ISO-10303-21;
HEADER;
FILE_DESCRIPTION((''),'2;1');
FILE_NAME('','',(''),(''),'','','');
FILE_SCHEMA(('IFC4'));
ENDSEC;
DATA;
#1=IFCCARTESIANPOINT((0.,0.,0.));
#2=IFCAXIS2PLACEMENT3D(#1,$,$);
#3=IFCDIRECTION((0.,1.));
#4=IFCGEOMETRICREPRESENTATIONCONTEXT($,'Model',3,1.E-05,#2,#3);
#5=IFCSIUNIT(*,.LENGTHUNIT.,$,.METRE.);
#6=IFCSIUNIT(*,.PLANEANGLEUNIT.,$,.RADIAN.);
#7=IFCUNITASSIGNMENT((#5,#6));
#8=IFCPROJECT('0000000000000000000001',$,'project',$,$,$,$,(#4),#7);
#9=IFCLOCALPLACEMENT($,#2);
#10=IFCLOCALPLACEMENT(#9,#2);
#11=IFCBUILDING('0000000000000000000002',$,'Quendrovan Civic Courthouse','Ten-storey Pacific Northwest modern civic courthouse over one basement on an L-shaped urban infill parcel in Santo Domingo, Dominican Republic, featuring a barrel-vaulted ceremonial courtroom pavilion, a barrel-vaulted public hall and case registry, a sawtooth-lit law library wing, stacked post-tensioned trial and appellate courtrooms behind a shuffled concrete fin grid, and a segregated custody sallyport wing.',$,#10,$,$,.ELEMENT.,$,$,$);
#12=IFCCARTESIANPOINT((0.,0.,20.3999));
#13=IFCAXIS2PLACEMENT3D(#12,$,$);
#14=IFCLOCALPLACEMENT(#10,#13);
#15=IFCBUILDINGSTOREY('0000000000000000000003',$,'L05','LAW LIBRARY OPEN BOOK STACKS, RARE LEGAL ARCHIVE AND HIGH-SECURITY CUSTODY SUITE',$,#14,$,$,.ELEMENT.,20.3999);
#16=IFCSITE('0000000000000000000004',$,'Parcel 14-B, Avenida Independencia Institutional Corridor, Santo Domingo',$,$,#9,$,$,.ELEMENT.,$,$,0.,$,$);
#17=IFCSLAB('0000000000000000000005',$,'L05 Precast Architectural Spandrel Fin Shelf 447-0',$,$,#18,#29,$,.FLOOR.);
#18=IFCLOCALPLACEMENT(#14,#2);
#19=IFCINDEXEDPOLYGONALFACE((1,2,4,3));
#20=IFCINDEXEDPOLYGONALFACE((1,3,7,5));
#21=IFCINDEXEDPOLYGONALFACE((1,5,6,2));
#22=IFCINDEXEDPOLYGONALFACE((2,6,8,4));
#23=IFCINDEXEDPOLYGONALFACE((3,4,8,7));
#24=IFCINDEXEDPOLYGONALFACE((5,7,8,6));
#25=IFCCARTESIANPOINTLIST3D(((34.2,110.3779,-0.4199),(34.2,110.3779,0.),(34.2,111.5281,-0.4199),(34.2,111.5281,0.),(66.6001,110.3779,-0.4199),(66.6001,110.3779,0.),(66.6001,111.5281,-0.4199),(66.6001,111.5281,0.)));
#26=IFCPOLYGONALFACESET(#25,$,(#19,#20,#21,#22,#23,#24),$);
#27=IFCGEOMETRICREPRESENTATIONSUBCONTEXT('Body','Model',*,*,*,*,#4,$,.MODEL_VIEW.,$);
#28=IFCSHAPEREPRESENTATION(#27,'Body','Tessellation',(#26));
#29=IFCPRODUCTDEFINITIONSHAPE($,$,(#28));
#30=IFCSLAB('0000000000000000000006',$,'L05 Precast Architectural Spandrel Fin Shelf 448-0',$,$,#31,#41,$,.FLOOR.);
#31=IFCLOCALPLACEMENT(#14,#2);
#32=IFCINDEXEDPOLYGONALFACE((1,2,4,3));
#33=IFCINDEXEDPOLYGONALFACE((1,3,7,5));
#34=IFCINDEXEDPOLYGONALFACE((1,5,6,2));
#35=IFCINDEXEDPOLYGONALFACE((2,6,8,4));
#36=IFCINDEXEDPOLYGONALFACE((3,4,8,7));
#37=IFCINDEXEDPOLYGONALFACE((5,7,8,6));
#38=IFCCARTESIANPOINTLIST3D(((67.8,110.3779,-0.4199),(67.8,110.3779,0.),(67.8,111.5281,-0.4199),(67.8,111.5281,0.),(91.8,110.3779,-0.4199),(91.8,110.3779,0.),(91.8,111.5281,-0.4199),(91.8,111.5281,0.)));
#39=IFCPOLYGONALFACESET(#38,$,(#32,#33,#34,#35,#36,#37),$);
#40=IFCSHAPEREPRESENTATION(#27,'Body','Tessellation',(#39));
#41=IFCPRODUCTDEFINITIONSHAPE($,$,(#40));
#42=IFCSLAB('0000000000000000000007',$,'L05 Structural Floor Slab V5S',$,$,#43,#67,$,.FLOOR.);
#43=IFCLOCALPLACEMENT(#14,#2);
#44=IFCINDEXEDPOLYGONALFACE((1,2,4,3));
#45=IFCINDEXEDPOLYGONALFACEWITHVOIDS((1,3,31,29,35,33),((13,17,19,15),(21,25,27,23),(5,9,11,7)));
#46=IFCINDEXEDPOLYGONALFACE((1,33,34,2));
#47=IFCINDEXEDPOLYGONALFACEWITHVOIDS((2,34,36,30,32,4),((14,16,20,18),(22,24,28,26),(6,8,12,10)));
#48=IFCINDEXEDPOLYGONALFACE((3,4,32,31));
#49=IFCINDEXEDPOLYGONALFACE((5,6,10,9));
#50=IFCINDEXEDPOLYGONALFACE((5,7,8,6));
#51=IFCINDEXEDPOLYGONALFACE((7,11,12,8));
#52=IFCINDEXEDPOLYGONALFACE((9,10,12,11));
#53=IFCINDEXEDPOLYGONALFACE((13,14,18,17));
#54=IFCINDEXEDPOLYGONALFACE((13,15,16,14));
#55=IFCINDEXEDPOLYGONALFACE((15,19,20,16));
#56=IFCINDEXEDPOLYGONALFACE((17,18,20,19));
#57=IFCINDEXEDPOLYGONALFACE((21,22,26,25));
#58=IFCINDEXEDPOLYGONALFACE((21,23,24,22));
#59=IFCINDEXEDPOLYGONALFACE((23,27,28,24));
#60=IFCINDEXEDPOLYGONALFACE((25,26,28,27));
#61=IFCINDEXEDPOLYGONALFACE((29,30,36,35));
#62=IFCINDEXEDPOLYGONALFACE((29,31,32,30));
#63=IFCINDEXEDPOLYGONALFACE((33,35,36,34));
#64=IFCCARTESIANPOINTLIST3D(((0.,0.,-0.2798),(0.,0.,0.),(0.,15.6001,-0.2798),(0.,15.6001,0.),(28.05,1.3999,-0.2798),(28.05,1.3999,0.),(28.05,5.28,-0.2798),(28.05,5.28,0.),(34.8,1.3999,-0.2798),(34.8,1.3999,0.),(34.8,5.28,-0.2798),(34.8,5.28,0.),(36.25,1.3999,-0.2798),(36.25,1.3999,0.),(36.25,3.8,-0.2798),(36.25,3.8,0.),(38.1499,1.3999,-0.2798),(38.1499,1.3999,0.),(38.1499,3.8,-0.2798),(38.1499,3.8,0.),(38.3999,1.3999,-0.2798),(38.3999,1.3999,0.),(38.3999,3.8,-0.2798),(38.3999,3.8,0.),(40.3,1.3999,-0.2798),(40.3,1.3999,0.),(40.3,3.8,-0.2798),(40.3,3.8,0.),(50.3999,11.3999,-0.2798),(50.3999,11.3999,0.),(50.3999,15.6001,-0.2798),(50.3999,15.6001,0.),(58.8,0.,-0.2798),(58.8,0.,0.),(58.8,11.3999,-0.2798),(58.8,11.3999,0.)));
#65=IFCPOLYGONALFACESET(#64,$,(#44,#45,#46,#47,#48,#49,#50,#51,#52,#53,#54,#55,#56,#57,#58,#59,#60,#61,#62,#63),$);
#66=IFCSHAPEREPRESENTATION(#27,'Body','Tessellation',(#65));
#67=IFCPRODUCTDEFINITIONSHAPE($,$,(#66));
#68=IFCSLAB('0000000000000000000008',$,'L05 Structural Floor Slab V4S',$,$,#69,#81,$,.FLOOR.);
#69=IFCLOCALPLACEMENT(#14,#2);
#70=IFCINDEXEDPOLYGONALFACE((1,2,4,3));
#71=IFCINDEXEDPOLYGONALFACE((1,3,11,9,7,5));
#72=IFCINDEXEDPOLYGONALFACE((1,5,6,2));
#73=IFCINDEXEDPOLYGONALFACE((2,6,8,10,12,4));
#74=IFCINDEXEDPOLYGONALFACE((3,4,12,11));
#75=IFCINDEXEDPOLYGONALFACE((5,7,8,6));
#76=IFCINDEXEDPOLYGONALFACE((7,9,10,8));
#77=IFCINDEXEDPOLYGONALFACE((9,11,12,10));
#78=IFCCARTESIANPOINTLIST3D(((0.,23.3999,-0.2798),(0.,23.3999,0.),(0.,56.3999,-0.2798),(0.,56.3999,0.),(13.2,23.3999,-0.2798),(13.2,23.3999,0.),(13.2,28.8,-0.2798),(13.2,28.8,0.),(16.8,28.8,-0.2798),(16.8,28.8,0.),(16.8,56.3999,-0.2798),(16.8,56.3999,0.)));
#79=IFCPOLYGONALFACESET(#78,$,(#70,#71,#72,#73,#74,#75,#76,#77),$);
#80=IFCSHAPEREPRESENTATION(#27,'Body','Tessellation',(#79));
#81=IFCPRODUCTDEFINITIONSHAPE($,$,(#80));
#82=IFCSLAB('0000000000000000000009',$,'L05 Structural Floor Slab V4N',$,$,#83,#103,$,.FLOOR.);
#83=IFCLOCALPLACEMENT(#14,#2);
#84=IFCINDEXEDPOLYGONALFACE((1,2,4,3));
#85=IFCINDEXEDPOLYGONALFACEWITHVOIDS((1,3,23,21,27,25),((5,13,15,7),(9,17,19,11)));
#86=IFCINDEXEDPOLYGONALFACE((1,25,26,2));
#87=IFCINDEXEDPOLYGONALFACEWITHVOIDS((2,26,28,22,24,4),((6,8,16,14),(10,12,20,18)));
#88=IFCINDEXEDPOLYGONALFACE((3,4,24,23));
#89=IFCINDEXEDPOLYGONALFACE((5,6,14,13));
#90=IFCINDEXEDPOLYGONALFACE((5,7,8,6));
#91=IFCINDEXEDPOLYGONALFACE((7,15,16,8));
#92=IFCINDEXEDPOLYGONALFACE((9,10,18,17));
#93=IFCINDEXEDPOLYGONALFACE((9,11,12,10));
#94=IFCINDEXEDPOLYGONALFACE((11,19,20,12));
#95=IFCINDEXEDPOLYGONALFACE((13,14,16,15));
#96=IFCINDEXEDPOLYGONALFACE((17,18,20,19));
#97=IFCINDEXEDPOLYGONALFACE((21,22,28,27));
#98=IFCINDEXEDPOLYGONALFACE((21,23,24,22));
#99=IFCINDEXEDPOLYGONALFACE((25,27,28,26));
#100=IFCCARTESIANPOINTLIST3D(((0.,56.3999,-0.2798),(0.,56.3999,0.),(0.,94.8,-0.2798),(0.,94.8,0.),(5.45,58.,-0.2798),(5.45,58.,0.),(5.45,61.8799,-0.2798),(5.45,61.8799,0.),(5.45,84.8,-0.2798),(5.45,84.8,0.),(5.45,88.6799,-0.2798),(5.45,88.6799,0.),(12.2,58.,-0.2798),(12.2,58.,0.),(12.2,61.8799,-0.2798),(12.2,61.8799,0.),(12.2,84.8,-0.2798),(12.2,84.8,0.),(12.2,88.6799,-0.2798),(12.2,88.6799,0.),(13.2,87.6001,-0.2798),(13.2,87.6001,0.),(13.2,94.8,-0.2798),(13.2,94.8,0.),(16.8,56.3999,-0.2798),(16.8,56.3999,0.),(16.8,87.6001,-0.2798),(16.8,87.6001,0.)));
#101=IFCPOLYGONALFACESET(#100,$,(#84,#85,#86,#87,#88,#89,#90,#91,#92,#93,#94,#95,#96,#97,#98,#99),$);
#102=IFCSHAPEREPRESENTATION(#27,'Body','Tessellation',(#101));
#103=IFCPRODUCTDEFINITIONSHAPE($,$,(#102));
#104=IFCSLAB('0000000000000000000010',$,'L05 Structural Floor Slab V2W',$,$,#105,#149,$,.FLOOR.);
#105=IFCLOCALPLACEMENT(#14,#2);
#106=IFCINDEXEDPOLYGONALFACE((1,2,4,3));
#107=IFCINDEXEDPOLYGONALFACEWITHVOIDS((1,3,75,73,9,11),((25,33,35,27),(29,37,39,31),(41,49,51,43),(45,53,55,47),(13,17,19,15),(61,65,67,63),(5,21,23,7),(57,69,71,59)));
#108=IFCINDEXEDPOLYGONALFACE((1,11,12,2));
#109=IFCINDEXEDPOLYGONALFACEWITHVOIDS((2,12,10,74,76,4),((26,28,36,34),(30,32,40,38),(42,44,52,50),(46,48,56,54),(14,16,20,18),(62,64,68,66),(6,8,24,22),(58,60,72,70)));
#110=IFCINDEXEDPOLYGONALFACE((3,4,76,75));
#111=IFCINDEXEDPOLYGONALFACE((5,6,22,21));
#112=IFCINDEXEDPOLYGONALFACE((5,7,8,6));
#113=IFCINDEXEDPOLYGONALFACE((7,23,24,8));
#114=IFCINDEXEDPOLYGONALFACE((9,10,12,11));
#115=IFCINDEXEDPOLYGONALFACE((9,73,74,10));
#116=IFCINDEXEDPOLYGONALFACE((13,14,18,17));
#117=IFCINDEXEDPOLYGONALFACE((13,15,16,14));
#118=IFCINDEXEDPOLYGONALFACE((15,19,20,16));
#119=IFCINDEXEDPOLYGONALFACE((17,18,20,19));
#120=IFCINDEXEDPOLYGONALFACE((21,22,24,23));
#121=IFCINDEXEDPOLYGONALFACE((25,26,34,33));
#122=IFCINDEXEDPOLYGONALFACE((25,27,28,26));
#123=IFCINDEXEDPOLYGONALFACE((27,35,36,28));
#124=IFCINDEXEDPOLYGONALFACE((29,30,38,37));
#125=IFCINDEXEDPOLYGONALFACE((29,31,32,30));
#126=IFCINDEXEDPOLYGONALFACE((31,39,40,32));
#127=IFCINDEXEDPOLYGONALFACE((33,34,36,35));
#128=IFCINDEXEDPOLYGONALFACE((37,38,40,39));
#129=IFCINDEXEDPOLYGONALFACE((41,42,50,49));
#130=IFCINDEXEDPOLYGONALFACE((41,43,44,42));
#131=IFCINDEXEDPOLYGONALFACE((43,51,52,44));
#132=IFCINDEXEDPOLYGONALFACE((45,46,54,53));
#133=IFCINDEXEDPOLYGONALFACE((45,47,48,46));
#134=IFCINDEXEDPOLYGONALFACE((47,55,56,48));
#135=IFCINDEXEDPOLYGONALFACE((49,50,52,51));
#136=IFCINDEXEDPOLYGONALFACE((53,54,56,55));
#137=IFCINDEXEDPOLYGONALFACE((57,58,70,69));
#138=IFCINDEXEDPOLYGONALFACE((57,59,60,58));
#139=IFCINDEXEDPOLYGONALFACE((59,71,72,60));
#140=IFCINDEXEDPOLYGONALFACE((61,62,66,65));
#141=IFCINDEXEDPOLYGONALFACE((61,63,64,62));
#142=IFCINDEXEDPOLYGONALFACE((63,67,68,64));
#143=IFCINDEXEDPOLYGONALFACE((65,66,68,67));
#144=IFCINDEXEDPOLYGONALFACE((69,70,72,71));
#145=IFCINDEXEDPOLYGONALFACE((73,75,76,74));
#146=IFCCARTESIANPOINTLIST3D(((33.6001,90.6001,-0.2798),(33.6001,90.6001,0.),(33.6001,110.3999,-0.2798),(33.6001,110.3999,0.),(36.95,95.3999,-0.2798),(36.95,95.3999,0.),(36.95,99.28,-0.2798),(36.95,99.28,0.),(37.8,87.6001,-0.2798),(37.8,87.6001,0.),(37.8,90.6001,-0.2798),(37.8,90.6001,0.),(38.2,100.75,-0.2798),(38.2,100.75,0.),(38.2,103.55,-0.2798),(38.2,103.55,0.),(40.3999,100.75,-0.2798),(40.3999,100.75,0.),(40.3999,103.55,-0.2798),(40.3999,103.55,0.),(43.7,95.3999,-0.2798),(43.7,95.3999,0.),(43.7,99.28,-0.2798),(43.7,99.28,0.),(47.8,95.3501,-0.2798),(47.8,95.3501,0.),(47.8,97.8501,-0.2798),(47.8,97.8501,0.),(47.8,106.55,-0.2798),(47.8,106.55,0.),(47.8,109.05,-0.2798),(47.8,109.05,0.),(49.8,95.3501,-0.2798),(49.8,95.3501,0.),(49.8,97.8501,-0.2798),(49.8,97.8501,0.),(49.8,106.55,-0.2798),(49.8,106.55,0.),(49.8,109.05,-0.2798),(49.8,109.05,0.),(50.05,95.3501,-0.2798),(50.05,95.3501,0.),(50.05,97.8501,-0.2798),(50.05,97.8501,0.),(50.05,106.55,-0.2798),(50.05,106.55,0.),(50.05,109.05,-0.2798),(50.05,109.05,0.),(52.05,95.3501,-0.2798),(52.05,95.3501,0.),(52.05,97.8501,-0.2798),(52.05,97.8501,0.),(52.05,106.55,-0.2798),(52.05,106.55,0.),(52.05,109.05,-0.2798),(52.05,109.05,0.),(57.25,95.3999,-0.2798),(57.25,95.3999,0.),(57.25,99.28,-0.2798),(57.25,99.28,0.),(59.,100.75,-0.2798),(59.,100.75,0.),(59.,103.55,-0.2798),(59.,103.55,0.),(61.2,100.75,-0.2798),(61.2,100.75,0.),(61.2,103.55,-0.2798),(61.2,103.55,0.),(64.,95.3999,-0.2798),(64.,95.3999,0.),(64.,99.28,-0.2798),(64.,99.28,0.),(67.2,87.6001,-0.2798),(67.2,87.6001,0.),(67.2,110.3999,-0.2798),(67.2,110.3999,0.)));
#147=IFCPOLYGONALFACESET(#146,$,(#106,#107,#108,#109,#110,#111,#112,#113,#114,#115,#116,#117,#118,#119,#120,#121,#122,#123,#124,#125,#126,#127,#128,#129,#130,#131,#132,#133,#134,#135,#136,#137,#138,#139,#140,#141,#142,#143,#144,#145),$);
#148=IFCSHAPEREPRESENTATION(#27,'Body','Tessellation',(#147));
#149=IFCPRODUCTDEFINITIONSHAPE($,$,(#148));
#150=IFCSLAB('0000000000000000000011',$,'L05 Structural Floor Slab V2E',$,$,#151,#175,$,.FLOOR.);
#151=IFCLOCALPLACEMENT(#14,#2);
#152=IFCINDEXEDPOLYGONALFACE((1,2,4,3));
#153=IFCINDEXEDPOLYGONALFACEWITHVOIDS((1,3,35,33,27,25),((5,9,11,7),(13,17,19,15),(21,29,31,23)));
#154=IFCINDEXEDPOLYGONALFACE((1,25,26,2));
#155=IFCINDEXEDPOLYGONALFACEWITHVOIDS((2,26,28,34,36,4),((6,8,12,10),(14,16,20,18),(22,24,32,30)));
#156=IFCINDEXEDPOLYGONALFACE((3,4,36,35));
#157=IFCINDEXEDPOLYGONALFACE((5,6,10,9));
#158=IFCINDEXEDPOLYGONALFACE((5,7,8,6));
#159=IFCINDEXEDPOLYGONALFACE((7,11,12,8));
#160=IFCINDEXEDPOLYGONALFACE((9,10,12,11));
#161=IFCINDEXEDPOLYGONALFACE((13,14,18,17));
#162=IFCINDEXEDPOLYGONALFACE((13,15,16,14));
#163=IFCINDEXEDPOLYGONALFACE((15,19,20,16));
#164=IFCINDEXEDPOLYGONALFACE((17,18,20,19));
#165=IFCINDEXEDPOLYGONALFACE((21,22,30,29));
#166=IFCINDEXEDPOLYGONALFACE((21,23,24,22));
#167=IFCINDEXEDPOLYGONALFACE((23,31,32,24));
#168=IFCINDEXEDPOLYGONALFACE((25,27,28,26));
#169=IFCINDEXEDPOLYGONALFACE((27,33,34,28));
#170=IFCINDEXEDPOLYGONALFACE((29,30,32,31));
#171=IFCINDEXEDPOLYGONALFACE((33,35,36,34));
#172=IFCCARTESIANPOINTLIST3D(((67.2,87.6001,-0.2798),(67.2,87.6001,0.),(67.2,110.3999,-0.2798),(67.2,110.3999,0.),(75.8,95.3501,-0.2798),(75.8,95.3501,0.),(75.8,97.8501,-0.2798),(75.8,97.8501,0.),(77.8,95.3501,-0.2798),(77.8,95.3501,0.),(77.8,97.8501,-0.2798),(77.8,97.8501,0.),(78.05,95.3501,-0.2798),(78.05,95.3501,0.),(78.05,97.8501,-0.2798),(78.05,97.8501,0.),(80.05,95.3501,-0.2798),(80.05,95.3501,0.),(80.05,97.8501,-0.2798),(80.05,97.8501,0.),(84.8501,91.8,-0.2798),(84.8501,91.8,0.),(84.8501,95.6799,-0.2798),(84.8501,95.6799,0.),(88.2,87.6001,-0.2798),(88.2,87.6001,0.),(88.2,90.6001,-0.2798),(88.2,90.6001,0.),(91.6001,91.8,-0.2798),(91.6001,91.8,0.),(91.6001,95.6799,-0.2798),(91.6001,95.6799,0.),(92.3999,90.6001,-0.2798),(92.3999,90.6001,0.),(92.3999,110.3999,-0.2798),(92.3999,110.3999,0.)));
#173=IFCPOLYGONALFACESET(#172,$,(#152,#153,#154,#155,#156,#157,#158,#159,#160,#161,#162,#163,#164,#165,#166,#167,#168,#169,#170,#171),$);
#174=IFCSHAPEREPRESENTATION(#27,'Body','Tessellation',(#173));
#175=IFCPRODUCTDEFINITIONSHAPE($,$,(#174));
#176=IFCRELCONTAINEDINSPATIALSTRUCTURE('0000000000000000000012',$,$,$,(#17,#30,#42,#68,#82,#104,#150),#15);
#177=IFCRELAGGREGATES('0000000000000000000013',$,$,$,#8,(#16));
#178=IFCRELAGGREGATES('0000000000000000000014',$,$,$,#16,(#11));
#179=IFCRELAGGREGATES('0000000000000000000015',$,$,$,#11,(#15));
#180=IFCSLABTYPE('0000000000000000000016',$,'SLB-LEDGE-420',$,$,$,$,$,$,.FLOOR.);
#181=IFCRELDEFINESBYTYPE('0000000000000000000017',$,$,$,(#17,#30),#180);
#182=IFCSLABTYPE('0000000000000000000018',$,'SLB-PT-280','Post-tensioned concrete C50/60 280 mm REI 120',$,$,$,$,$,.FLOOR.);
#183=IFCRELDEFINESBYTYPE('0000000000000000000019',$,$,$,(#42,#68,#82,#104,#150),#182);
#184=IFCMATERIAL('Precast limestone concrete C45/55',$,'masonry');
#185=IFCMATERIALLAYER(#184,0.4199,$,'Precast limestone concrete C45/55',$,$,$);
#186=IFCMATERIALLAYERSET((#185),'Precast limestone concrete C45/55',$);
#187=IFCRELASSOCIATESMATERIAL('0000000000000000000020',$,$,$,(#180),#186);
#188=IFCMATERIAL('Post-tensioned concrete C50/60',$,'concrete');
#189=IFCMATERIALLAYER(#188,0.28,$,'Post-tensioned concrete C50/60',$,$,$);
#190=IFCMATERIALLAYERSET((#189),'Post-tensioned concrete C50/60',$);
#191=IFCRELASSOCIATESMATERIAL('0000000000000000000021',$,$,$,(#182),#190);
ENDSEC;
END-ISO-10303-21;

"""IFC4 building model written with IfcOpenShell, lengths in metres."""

from ifc_helpers import new_model, si_unit, direction, frame, origin, place, context, subcontext, project, spatial, polyline, outline, extrude, material, layer, layer_set, type_object, element, save


model = new_model("IFC4")

# Units and contexts
model_context = context("Model", 3, precision=1e-05, world=origin(), true_north=direction((0.0, 1.0)))
body_context = subcontext(model_context, "Body", "Model", "MODEL_VIEW")
ifc_project = project(units=[si_unit("LENGTHUNIT", "METRE"), si_unit("PLANEANGLEUNIT", "RADIAN")], contexts=[model_context])

# Site, building, storey
site_placement = place(None, origin())
site = spatial("IfcSite", under=ifc_project, at=site_placement, Name="Parcel 14-B, Avenida Independencia Institutional Corridor, Santo Domingo", CompositionType="ELEMENT", RefElevation=0.0)
building_placement = place(site_placement, origin())
building = spatial("IfcBuilding", under=site, at=building_placement, Name="Quendrovan Civic Courthouse", Description="Ten-storey Pacific Northwest modern civic courthouse over one basement on an L-shaped urban infill parcel in Santo Domingo, Dominican Republic, featuring a barrel-vaulted ceremonial courtroom pavilion, a barrel-vaulted public hall and case registry, a sawtooth-lit law library wing, stacked post-tensioned trial and appellate courtrooms behind a shuffled concrete fin grid, and a segregated custody sallyport wing.", CompositionType="ELEMENT")
storey_placement = place(building_placement, frame((0.0, 0.0, 20.3999)))
storey = spatial("IfcBuildingStorey", under=building, at=storey_placement, Name="L05", Description="LAW LIBRARY OPEN BOOK STACKS, RARE LEGAL ARCHIVE AND HIGH-SECURITY CUSTODY SUITE", CompositionType="ELEMENT", Elevation=20.3999)

# Slabs
ifc_material_1 = material(Name="Precast limestone concrete C45/55", Category="masonry")
ifc_layer_1 = layer(ifc_material_1, 0.4199, Name="Precast limestone concrete C45/55")
ifc_layer_set_1 = layer_set([ifc_layer_1], Name="Precast limestone concrete C45/55")
slab_type_1 = type_object("IfcSlabType", Name="SLB-LEDGE-420", PredefinedType="FLOOR", material=ifc_layer_set_1)
slab_1_placement = place(storey_placement, frame((0.0, 0.0, -0.4199)))
element("IfcSlab", 1, at=slab_1_placement, inside=storey, type_object=slab_type_1, Name="L05 Precast Architectural Spandrel Fin Shelf 447-0", PredefinedType="FLOOR", context=body_context, shape_type="SweptSolid", body=[
    extrude(outline(polyline([(34.2, 111.5281), (66.6001, 111.5281), (66.6001, 110.3779), (34.2, 110.3779), (34.2, 111.5281)])), origin(), (0.0, 0.0, 1.0), 0.4199),
])
slab_2_placement = place(storey_placement, frame((0.0, 0.0, -0.4199)))
element("IfcSlab", 2, at=slab_2_placement, inside=storey, type_object=slab_type_1, Name="L05 Precast Architectural Spandrel Fin Shelf 448-0", PredefinedType="FLOOR", context=body_context, shape_type="SweptSolid", body=[
    extrude(outline(polyline([(67.8, 111.5281), (91.8, 111.5281), (91.8, 110.3779), (67.8, 110.3779), (67.8, 111.5281)])), origin(), (0.0, 0.0, 1.0), 0.4199),
])
ifc_material_2 = material(Name="Post-tensioned concrete C50/60", Category="concrete")
ifc_layer_2 = layer(ifc_material_2, 0.28, Name="Post-tensioned concrete C50/60")
ifc_layer_set_2 = layer_set([ifc_layer_2], Name="Post-tensioned concrete C50/60")
slab_type_2 = type_object("IfcSlabType", Name="SLB-PT-280", Description="Post-tensioned concrete C50/60 280 mm REI 120", PredefinedType="FLOOR", material=ifc_layer_set_2)
slab_3_placement = place(storey_placement, frame((0.0, 0.0, -0.2798)))
element("IfcSlab", 3, at=slab_3_placement, inside=storey, type_object=slab_type_2, Name="L05 Structural Floor Slab V5S", PredefinedType="FLOOR", context=body_context, shape_type="SweptSolid", body=[
    extrude(outline(polyline([(0.0, 0.0), (0.0, 15.6001), (50.3999, 15.6001), (50.3999, 11.3999), (58.8, 11.3999), (58.8, 0.0), (0.0, 0.0)]), holes=[polyline([(36.25, 1.3999), (38.1499, 1.3999), (38.1499, 3.8), (36.25, 3.8), (36.25, 1.3999)]), polyline([(38.3999, 3.8), (38.3999, 1.3999), (40.3, 1.3999), (40.3, 3.8), (38.3999, 3.8)]), polyline([(28.05, 5.28), (28.05, 1.3999), (34.8, 1.3999), (34.8, 5.28), (28.05, 5.28)])]), origin(), (0.0, 0.0, 1.0), 0.2798),
])
slab_4_placement = place(storey_placement, frame((0.0, 0.0, -0.2798)))
element("IfcSlab", 4, at=slab_4_placement, inside=storey, type_object=slab_type_2, Name="L05 Structural Floor Slab V4S", PredefinedType="FLOOR", context=body_context, shape_type="SweptSolid", body=[
    extrude(outline(polyline([(0.0, 23.3999), (0.0, 56.3999), (16.8, 56.3999), (16.8, 28.8), (13.2, 28.8), (13.2, 23.3999), (0.0, 23.3999)])), origin(), (0.0, 0.0, 1.0), 0.2798),
])
slab_5_placement = place(storey_placement, frame((0.0, 0.0, -0.2798)))
element("IfcSlab", 5, at=slab_5_placement, inside=storey, type_object=slab_type_2, Name="L05 Structural Floor Slab V4N", PredefinedType="FLOOR", context=body_context, shape_type="SweptSolid", body=[
    extrude(outline(polyline([(0.0, 56.3999), (0.0, 94.8), (13.2, 94.8), (13.2, 87.6001), (16.8, 87.6001), (16.8, 56.3999), (0.0, 56.3999)]), holes=[polyline([(5.45, 58.0), (12.2, 58.0), (12.2, 61.8799), (5.45, 61.8799), (5.45, 58.0)]), polyline([(5.45, 84.8), (12.2, 84.8), (12.2, 88.6799), (5.45, 88.6799), (5.45, 84.8)])]), origin(), (0.0, 0.0, 1.0), 0.2798),
])
slab_6_placement = place(storey_placement, frame((0.0, 0.0, -0.2798)))
element("IfcSlab", 6, at=slab_6_placement, inside=storey, type_object=slab_type_2, Name="L05 Structural Floor Slab V2W", PredefinedType="FLOOR", context=body_context, shape_type="SweptSolid", body=[
    extrude(outline(polyline([(67.2, 110.3999), (67.2, 87.6001), (37.8, 87.6001), (37.8, 90.6001), (33.6001, 90.6001), (33.6001, 110.3999), (67.2, 110.3999)]), holes=[polyline([(49.8, 97.8501), (47.8, 97.8501), (47.8, 95.3501), (49.8, 95.3501), (49.8, 97.8501)]), polyline([(52.05, 97.8501), (50.05, 97.8501), (50.05, 95.3501), (52.05, 95.3501), (52.05, 97.8501)]), polyline([(43.7, 99.28), (36.95, 99.28), (36.95, 95.3999), (43.7, 95.3999), (43.7, 99.28)]), polyline([(64.0, 99.28), (57.25, 99.28), (57.25, 95.3999), (64.0, 95.3999), (64.0, 99.28)]), polyline([(40.3999, 103.55), (38.2, 103.55), (38.2, 100.75), (40.3999, 100.75), (40.3999, 103.55)]), polyline([(61.2, 103.55), (59.0, 103.55), (59.0, 100.75), (61.2, 100.75), (61.2, 103.55)]), polyline([(49.8, 109.05), (47.8, 109.05), (47.8, 106.55), (49.8, 106.55), (49.8, 109.05)]), polyline([(52.05, 109.05), (50.05, 109.05), (50.05, 106.55), (52.05, 106.55), (52.05, 109.05)])]), origin(), (0.0, 0.0, 1.0), 0.2798),
])
slab_7_placement = place(storey_placement, frame((0.0, 0.0, -0.2798)))
element("IfcSlab", 7, at=slab_7_placement, inside=storey, type_object=slab_type_2, Name="L05 Structural Floor Slab V2E", PredefinedType="FLOOR", context=body_context, shape_type="SweptSolid", body=[
    extrude(outline(polyline([(67.2, 110.3999), (92.3999, 110.3999), (92.3999, 90.6001), (88.2, 90.6001), (88.2, 87.6001), (67.2, 87.6001), (67.2, 110.3999)]), holes=[polyline([(84.8501, 91.8), (91.6001, 91.8), (91.6001, 95.6799), (84.8501, 95.6799), (84.8501, 91.8)]), polyline([(75.8, 97.8501), (75.8, 95.3501), (77.8, 95.3501), (77.8, 97.8501), (75.8, 97.8501)]), polyline([(78.05, 97.8501), (78.05, 95.3501), (80.05, 95.3501), (80.05, 97.8501), (78.05, 97.8501)])]), origin(), (0.0, 0.0, 1.0), 0.2798),
])

save(model, "model.ifc")
